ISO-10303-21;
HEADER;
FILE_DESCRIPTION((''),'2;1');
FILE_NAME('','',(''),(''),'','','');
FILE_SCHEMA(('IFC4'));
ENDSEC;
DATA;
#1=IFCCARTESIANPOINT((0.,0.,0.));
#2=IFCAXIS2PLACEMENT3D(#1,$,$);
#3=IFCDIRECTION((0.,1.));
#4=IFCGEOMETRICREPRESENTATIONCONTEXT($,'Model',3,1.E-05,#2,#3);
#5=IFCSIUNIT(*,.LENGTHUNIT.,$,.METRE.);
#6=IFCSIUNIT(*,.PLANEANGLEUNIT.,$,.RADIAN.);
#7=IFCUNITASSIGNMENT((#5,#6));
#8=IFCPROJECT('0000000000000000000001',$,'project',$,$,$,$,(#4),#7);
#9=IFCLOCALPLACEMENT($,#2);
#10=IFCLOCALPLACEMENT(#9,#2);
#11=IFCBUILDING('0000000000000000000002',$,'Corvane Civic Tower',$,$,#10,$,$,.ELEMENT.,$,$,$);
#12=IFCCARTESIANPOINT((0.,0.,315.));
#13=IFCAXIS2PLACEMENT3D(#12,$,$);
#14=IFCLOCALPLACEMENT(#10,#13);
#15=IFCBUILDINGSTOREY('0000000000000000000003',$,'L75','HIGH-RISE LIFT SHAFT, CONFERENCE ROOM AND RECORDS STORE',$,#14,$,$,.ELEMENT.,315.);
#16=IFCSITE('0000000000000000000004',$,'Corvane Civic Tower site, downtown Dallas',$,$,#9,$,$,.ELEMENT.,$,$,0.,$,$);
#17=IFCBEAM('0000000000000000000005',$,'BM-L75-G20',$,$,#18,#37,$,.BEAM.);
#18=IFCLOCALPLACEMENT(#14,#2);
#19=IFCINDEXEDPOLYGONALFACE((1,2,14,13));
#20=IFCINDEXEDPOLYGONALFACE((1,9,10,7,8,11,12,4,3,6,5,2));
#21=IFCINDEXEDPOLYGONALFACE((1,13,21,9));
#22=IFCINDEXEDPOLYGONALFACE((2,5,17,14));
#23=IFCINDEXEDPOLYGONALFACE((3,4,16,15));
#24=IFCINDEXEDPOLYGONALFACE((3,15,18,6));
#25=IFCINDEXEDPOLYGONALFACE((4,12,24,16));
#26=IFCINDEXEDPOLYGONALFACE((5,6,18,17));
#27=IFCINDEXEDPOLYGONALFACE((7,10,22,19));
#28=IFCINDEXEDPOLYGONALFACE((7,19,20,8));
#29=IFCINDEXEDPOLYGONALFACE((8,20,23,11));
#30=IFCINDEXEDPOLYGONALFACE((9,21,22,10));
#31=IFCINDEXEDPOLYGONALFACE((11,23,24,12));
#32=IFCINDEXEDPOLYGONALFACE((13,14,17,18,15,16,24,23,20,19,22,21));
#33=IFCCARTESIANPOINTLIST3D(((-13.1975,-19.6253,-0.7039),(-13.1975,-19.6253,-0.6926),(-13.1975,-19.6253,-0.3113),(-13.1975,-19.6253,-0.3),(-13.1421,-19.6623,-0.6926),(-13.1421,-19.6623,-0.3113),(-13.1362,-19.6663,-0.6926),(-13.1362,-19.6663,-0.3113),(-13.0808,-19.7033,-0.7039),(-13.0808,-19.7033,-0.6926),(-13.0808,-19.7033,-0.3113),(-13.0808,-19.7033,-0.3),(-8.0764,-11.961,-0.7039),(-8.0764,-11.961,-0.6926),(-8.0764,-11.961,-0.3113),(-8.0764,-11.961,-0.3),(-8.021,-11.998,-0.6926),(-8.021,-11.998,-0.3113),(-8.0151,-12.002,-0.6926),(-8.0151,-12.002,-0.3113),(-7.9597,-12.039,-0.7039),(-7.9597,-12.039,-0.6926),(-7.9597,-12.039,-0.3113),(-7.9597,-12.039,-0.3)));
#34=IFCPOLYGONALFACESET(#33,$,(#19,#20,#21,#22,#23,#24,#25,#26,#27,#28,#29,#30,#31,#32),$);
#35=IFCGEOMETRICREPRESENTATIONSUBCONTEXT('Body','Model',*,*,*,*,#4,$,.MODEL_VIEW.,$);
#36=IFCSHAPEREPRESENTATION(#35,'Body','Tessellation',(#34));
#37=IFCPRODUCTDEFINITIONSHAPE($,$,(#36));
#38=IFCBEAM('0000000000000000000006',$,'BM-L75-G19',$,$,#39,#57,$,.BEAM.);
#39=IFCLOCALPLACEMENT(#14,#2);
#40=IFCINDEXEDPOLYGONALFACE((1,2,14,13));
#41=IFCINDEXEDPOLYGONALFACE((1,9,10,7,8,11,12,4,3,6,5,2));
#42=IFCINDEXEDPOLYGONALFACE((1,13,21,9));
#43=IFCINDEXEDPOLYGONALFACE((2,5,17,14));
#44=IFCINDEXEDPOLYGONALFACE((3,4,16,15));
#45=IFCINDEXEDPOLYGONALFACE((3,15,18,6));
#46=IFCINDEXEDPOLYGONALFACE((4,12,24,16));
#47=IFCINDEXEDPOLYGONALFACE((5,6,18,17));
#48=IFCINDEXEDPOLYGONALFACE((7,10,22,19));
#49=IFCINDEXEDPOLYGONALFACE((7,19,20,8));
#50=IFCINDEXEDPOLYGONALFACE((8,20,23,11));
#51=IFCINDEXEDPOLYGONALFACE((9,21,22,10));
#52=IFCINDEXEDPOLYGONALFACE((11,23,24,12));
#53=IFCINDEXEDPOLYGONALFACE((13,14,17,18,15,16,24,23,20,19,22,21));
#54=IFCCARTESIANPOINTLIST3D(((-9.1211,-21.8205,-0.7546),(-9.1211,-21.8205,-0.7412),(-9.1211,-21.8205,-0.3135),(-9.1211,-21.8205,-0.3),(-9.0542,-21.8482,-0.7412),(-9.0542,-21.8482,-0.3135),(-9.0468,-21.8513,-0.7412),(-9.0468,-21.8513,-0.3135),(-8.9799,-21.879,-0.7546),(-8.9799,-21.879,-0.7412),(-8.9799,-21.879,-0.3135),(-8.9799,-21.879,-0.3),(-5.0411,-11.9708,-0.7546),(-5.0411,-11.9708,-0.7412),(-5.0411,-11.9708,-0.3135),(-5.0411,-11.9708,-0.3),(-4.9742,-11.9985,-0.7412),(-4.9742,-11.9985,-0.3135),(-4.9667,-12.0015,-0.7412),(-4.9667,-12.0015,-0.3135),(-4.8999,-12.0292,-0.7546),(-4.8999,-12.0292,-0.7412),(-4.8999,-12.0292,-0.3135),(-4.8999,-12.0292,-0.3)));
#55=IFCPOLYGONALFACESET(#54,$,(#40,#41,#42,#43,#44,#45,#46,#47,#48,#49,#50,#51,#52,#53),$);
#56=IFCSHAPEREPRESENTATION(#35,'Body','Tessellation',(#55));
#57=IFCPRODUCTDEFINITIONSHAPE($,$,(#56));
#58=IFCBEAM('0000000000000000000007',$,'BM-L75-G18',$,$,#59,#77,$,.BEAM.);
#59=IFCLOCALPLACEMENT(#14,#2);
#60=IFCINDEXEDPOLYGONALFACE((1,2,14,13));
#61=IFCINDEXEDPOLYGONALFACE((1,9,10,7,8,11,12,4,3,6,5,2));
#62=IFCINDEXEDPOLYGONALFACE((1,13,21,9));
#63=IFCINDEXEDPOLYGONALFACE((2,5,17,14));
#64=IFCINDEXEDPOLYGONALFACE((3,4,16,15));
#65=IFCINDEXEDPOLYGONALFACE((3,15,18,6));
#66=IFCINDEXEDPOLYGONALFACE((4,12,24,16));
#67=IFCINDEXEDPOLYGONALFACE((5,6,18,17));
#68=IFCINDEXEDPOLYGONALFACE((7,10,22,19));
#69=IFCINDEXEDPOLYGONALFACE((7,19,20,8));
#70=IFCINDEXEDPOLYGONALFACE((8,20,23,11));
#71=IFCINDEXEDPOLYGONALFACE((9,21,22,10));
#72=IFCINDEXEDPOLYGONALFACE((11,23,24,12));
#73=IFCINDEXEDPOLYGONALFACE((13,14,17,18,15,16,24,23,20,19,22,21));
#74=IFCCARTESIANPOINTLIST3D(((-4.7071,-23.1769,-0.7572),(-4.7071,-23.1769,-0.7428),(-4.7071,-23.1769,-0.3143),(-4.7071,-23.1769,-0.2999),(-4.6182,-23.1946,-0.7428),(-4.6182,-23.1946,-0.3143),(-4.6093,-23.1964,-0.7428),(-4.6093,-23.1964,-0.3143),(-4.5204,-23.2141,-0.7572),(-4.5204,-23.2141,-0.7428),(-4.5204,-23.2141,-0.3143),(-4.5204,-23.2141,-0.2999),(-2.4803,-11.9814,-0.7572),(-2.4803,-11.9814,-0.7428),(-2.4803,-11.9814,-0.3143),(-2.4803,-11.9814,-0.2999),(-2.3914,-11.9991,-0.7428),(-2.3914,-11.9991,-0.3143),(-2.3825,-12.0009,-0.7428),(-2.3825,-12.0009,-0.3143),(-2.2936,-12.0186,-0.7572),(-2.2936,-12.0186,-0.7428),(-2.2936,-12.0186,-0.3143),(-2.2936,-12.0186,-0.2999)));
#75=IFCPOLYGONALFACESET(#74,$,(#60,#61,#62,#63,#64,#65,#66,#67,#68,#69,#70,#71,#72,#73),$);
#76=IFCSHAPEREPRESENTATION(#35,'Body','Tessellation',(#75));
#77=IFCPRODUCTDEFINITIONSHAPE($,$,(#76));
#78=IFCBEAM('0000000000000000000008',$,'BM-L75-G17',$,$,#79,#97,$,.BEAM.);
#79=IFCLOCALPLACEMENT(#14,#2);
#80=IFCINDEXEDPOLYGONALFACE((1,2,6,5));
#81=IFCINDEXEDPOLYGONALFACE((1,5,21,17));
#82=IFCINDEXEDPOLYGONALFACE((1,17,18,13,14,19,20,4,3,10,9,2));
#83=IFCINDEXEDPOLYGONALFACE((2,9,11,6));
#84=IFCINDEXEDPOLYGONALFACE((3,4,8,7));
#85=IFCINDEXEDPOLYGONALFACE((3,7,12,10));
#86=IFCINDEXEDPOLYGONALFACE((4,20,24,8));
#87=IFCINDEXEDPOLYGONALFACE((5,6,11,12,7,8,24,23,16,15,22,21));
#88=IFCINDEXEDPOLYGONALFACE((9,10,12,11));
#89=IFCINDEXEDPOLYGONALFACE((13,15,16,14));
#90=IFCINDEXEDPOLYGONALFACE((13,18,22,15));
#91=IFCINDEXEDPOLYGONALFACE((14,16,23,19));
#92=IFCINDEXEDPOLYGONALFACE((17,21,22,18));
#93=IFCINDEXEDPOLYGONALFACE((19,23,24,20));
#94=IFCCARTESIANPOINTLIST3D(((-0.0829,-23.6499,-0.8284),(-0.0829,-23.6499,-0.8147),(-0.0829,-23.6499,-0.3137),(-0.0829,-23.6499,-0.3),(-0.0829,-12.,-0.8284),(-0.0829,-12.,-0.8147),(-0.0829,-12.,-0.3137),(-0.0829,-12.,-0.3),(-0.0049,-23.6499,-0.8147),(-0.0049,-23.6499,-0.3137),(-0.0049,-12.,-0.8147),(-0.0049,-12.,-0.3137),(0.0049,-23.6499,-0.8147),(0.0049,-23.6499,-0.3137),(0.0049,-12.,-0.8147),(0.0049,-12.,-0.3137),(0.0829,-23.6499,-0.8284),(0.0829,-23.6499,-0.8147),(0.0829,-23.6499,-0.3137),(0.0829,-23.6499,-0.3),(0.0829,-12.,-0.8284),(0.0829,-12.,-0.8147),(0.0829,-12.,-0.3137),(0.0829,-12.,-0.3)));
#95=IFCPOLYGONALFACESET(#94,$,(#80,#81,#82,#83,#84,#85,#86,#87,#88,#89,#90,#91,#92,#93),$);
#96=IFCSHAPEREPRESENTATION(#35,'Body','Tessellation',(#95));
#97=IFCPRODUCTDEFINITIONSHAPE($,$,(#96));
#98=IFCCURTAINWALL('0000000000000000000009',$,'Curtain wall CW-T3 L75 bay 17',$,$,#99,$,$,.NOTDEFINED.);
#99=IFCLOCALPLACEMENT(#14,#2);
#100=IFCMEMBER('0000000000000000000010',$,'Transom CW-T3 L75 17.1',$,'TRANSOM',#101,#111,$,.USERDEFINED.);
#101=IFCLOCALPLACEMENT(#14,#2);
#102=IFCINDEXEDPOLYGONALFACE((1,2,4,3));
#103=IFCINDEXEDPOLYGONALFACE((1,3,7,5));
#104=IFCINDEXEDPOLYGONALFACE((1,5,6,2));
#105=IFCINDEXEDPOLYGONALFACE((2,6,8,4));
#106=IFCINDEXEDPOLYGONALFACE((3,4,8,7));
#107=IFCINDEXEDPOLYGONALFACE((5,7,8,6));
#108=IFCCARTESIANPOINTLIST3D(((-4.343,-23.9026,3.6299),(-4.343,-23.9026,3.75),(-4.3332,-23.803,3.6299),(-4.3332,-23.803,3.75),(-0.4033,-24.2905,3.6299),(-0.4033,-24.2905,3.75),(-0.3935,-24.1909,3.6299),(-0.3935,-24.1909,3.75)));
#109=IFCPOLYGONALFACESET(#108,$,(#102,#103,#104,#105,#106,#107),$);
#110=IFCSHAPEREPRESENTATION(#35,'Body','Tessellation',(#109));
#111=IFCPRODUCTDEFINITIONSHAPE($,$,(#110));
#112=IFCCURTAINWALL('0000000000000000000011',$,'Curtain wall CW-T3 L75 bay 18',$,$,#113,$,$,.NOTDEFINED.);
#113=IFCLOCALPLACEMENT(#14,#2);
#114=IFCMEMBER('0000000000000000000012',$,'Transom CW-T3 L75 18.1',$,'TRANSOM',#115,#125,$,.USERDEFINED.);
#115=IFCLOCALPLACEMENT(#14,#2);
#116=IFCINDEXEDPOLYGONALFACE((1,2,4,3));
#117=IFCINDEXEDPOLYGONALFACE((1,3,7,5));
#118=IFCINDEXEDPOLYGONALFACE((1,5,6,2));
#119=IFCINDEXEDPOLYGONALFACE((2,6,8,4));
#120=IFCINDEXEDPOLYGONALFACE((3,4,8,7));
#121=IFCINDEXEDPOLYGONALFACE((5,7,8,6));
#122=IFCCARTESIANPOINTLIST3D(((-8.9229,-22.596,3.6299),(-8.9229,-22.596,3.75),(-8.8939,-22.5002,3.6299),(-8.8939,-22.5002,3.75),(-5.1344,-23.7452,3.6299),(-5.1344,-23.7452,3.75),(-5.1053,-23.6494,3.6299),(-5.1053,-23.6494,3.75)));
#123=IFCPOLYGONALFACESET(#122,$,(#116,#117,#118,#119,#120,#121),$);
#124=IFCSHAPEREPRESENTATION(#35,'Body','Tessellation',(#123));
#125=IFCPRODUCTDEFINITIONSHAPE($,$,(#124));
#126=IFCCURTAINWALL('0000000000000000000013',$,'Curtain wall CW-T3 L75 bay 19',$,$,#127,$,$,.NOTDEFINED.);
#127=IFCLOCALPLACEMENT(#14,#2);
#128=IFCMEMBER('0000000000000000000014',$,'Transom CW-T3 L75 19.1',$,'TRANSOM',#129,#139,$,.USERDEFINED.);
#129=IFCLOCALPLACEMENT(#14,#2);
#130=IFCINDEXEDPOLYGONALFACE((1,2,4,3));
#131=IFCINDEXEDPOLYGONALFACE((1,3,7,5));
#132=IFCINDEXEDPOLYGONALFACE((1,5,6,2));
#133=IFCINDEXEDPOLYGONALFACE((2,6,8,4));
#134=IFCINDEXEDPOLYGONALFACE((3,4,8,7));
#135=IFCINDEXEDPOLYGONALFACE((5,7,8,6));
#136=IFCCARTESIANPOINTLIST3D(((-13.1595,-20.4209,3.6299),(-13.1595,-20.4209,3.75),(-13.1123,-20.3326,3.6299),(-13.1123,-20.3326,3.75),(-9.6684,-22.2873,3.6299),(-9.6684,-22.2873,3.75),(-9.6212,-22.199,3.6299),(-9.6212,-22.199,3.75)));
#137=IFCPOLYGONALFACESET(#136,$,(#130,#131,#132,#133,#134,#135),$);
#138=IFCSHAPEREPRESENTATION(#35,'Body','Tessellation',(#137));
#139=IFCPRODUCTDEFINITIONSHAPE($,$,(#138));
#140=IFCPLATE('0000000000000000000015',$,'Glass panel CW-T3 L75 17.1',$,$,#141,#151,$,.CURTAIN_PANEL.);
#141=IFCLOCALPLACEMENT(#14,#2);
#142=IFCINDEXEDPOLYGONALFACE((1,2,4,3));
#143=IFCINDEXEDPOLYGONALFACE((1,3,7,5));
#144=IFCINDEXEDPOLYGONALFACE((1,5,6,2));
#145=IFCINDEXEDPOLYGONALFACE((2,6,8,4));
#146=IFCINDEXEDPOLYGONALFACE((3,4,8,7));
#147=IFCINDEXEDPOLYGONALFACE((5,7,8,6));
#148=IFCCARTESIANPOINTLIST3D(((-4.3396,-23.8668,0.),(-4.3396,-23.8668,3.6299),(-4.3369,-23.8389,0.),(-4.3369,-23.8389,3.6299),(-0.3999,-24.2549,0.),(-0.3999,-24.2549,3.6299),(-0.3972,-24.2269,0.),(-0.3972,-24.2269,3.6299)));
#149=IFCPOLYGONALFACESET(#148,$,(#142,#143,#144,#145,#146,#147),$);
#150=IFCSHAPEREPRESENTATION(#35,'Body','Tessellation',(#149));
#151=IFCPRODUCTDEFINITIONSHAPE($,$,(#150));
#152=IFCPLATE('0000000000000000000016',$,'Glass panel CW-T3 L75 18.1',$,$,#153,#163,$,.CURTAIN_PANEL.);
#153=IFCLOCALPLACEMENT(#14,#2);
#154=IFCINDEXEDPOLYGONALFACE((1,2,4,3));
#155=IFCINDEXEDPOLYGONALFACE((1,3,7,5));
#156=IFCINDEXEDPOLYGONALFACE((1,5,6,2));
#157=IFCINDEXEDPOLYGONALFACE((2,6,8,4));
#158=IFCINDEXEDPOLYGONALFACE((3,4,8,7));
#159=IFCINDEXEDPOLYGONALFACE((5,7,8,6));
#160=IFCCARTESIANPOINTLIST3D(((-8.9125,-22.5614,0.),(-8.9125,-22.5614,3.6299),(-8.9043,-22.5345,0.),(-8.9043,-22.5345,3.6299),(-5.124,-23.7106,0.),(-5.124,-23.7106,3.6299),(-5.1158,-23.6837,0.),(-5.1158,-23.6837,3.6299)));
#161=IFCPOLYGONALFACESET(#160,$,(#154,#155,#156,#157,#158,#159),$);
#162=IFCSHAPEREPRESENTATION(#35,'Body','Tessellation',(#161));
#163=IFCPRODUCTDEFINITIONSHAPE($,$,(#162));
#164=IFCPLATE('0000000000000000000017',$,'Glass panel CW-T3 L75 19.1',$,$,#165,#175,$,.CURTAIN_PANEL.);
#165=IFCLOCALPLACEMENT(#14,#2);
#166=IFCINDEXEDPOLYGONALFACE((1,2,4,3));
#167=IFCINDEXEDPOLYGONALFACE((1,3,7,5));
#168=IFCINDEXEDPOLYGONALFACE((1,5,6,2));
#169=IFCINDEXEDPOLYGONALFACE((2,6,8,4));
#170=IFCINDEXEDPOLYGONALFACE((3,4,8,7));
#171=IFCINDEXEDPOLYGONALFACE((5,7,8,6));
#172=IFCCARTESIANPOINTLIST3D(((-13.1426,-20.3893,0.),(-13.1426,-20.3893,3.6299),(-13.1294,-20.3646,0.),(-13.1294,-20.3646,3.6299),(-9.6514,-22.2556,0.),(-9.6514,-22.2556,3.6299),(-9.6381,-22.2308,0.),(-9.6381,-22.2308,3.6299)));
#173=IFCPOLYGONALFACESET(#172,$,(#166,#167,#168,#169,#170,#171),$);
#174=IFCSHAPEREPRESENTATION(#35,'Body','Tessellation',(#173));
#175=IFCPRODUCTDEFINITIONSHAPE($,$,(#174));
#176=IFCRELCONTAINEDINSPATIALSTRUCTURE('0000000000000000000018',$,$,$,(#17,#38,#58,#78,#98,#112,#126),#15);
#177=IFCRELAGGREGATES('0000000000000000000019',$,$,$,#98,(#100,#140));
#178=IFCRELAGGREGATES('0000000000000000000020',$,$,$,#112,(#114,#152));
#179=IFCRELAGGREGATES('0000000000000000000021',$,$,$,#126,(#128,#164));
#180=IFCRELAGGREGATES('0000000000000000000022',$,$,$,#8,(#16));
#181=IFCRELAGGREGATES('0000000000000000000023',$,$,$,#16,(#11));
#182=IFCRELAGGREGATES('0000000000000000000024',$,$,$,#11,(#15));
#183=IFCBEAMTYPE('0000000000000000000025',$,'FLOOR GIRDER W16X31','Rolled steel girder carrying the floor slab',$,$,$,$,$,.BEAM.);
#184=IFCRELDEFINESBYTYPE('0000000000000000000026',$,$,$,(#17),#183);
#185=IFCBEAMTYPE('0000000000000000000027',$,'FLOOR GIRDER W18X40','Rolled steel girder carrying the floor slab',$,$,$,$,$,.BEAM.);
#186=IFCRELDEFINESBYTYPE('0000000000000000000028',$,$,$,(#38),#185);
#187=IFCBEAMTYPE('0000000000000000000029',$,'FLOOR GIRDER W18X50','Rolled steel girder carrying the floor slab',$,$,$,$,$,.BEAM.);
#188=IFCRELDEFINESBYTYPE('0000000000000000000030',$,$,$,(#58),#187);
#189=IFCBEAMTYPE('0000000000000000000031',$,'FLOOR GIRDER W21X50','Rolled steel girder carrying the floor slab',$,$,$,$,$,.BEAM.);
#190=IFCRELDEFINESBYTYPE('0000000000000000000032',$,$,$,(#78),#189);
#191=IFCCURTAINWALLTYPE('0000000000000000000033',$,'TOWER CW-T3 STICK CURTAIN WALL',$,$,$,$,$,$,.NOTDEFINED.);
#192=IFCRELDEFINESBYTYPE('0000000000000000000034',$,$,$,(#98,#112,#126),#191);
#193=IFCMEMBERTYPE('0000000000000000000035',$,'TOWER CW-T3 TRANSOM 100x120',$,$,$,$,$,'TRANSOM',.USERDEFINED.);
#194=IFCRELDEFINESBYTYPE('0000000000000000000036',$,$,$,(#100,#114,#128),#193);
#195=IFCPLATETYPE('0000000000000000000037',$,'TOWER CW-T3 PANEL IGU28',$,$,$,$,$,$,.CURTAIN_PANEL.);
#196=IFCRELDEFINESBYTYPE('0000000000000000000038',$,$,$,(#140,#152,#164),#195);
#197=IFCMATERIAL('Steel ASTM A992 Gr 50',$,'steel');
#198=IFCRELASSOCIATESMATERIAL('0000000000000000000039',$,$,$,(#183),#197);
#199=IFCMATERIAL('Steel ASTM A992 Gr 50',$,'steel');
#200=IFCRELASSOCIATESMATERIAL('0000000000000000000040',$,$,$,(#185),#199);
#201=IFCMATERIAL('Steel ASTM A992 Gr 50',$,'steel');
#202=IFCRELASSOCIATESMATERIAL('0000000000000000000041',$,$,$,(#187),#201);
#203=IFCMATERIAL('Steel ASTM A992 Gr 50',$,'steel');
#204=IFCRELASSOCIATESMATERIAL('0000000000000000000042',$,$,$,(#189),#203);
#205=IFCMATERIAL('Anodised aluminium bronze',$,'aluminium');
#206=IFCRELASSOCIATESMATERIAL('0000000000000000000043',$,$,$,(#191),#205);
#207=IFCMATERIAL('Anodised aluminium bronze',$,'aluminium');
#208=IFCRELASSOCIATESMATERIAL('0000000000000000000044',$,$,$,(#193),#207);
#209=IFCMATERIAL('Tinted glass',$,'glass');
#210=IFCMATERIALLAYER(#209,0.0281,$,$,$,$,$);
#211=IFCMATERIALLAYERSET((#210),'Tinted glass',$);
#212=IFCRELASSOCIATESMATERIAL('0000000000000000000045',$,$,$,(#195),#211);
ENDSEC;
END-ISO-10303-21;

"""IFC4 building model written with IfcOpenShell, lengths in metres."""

from ifc_helpers import new_model, si_unit, direction, frame, origin, origin_2d, place, context, subcontext, project, spatial, rectangle, i_section, extrude, material, layer, layer_set, material_profile, profile_set, type_object, element, aggregate, save


model = new_model("IFC4")

# Units and contexts
model_context = context("Model", 3, precision=1e-05, world=origin(), true_north=direction((0.0, 1.0)))
body_context = subcontext(model_context, "Body", "Model", "MODEL_VIEW")
ifc_project = project(units=[si_unit("LENGTHUNIT", "METRE"), si_unit("PLANEANGLEUNIT", "RADIAN")], contexts=[model_context])

# Site, building, storey
site_placement = place(None, origin())
site = spatial("IfcSite", under=ifc_project, at=site_placement, Name="Corvane Civic Tower site, downtown Dallas", CompositionType="ELEMENT", RefElevation=0.0)
building_placement = place(site_placement, origin())
building = spatial("IfcBuilding", under=site, at=building_placement, Name="Corvane Civic Tower", CompositionType="ELEMENT")
storey_placement = place(building_placement, frame((0.0, 0.0, 315.0)))
storey = spatial("IfcBuildingStorey", under=building, at=storey_placement, Name="L75", Description="HIGH-RISE LIFT SHAFT, CONFERENCE ROOM AND RECORDS STORE", CompositionType="ELEMENT", Elevation=315.0)

# Beams
ifc_material_1 = material(Name="Steel ASTM A992 Gr 50", Category="steel")
ifc_material_profile_1 = material_profile(ifc_material_1, i_section(OverallWidth=0.1404, OverallDepth=0.4038, WebThickness=0.0071, FlangeThickness=0.0112, at=origin_2d()), Name="W16X31")
ifc_profile_set_1 = profile_set([ifc_material_profile_1], Name="Steel ASTM A992 Gr 50")
beam_type_1 = type_object("IfcBeamType", Name="FLOOR GIRDER W16X31", Description="Rolled steel girder carrying the floor slab", PredefinedType="BEAM", material=ifc_profile_set_1)
beam_1_placement = place(storey_placement, frame((-8.0181, -12.0, -0.502), z_axis=(-0.555568, -0.831471, 0.0), x_axis=(0.831471, -0.555568, 0.0)))
element("IfcBeam", 1, at=beam_1_placement, inside=storey, type_object=beam_type_1, Name="BM-L75-G20", PredefinedType="BEAM", context=body_context, shape_type="SweptSolid", body=[
    extrude(i_section(OverallWidth=0.1404, OverallDepth=0.4038, WebThickness=0.0071, FlangeThickness=0.0112, at=origin_2d()), origin(), (0.0, 0.0, 1.0), 9.2178),
])
ifc_material_2 = material(Name="Steel ASTM A992 Gr 50", Category="steel")
ifc_material_profile_2 = material_profile(ifc_material_2, i_section(OverallWidth=0.1528, OverallDepth=0.4546, WebThickness=0.0081, FlangeThickness=0.0134, at=origin_2d()), Name="W18X40")
ifc_profile_set_2 = profile_set([ifc_material_profile_2], Name="Steel ASTM A992 Gr 50")
beam_type_2 = type_object("IfcBeamType", Name="FLOOR GIRDER W18X40", Description="Rolled steel girder carrying the floor slab", PredefinedType="BEAM", material=ifc_profile_set_2)
beam_2_placement = place(storey_placement, frame((-4.9705, -12.0, -0.5273), z_axis=(-0.382694, -0.923875, 0.0), x_axis=(0.923875, -0.382694, 0.0)))
element("IfcBeam", 2, at=beam_2_placement, inside=storey, type_object=beam_type_2, Name="BM-L75-G19", PredefinedType="BEAM", context=body_context, shape_type="SweptSolid", body=[
    extrude(i_section(OverallWidth=0.1528, OverallDepth=0.4546, WebThickness=0.0081, FlangeThickness=0.0134, at=origin_2d()), origin(), (0.0, 0.0, 1.0), 10.6614),
])
ifc_material_3 = material(Name="Steel ASTM A992 Gr 50", Category="steel")
ifc_material_profile_3 = material_profile(ifc_material_3, i_section(OverallWidth=0.1904, OverallDepth=0.4573, WebThickness=0.009, FlangeThickness=0.0144, at=origin_2d()), Name="W18X50")
ifc_profile_set_3 = profile_set([ifc_material_profile_3], Name="Steel ASTM A992 Gr 50")
beam_type_3 = type_object("IfcBeamType", Name="FLOOR GIRDER W18X50", Description="Rolled steel girder carrying the floor slab", PredefinedType="BEAM", material=ifc_profile_set_3)
beam_3_placement = place(storey_placement, frame((-2.387, -12.0, -0.5286), z_axis=(-0.19508, -0.980787, 0.0), x_axis=(0.980787, -0.19508, 0.0)))
element("IfcBeam", 3, at=beam_3_placement, inside=storey, type_object=beam_type_3, Name="BM-L75-G18", PredefinedType="BEAM", context=body_context, shape_type="SweptSolid", body=[
    extrude(i_section(OverallWidth=0.1904, OverallDepth=0.4573, WebThickness=0.009, FlangeThickness=0.0144, at=origin_2d()), origin(), (0.0, 0.0, 1.0), 11.4148),
])
ifc_material_4 = material(Name="Steel ASTM A992 Gr 50", Category="steel")
ifc_material_profile_4 = material_profile(ifc_material_4, i_section(OverallWidth=0.1658, OverallDepth=0.5283, WebThickness=0.0098, FlangeThickness=0.0137, at=origin_2d()), Name="W21X50")
ifc_profile_set_4 = profile_set([ifc_material_profile_4], Name="Steel ASTM A992 Gr 50")
beam_type_4 = type_object("IfcBeamType", Name="FLOOR GIRDER W21X50", Description="Rolled steel girder carrying the floor slab", PredefinedType="BEAM", material=ifc_profile_set_4)
beam_4_placement = place(storey_placement, frame((0.0, -12.0, -0.5642), z_axis=(0.0, -1.0, 0.0), x_axis=(1.0, 0.0, 0.0)))
element("IfcBeam", 4, at=beam_4_placement, inside=storey, type_object=beam_type_4, Name="BM-L75-G17", PredefinedType="BEAM", context=body_context, shape_type="SweptSolid", body=[
    extrude(i_section(OverallWidth=0.1658, OverallDepth=0.5283, WebThickness=0.0098, FlangeThickness=0.0137, at=origin_2d()), origin(), (0.0, 0.0, 1.0), 11.6499),
])

# Curtain walls, members
ifc_material_5 = material(Name="Anodised aluminium bronze", Category="aluminium")
curtain_wall_type = type_object("IfcCurtainWallType", Name="TOWER CW-T3 STICK CURTAIN WALL", PredefinedType="NOTDEFINED", material=ifc_material_5)
curtain_wall_1_placement = place(storey_placement, origin())
curtain_wall_1 = element("IfcCurtainWall", 5, at=curtain_wall_1_placement, inside=storey, type_object=curtain_wall_type, Name="Curtain wall CW-T3 L75 bay 17", PredefinedType="NOTDEFINED")
ifc_material_6 = material(Name="Anodised aluminium bronze", Category="aluminium")
ifc_material_profile_5 = material_profile(ifc_material_6, rectangle(XDim=0.1001, YDim=0.1201, at=origin_2d()), Name="TOWER CW-T3 TRANSOM 100x120")
ifc_profile_set_5 = profile_set([ifc_material_profile_5], Name="Anodised aluminium bronze")
member_type = type_object("IfcMemberType", Name="TOWER CW-T3 TRANSOM 100x120", ElementType="TRANSOM", PredefinedType="USERDEFINED", material=ifc_profile_set_5)
member_1_placement = place(storey_placement, frame((-0.3984, -24.2407, 3.6899), z_axis=(-0.995187, 0.097995, 0.0), x_axis=(-0.097995, -0.995187, 0.0)))
member_1 = element("IfcMember", 6, at=member_1_placement, type_object=member_type, Name="Transom CW-T3 L75 17.1", ObjectType="TRANSOM", PredefinedType="USERDEFINED", context=body_context, shape_type="SweptSolid", body=[
    extrude(rectangle(XDim=0.1001, YDim=0.1201, at=origin_2d()), origin(), (0.0, 0.0, 1.0), 3.9587),
])
curtain_wall_2_placement = place(storey_placement, origin())
curtain_wall_2 = element("IfcCurtainWall", 7, at=curtain_wall_2_placement, inside=storey, type_object=curtain_wall_type, Name="Curtain wall CW-T3 L75 bay 18", PredefinedType="NOTDEFINED")
member_2_placement = place(storey_placement, frame((-5.1199, -23.6973, 3.6899), z_axis=(-0.956946, 0.290266, 0.0), x_axis=(-0.290266, -0.956946, 0.0)))
member_2 = element("IfcMember", 8, at=member_2_placement, type_object=member_type, Name="Transom CW-T3 L75 18.1", ObjectType="TRANSOM", PredefinedType="USERDEFINED", context=body_context, shape_type="SweptSolid", body=[
    extrude(rectangle(XDim=0.1001, YDim=0.1201, at=origin_2d()), origin(), (0.0, 0.0, 1.0), 3.959),
])
curtain_wall_3_placement = place(storey_placement, origin())
curtain_wall_3 = element("IfcCurtainWall", 9, at=curtain_wall_3_placement, inside=storey, type_object=curtain_wall_type, Name="Curtain wall CW-T3 L75 bay 19", PredefinedType="NOTDEFINED")
member_3_placement = place(storey_placement, frame((-9.6448, -22.2432, 3.6899), z_axis=(-0.881883, 0.471468, 0.0), x_axis=(-0.471468, -0.881883, 0.0)))
member_3 = element("IfcMember", 10, at=member_3_placement, type_object=member_type, Name="Transom CW-T3 L75 19.1", ObjectType="TRANSOM", PredefinedType="USERDEFINED", context=body_context, shape_type="SweptSolid", body=[
    extrude(rectangle(XDim=0.1001, YDim=0.1201, at=origin_2d()), origin(), (0.0, 0.0, 1.0), 3.9587),
])

# Plates
ifc_material_7 = material(Name="Tinted glass", Category="glass")
ifc_layer_1 = layer(ifc_material_7, 0.0281)
ifc_layer_set_1 = layer_set([ifc_layer_1], Name="Tinted glass")
plate_type = type_object("IfcPlateType", Name="TOWER CW-T3 PANEL IGU28", PredefinedType="CURTAIN_PANEL", material=ifc_layer_set_1)
plate_1_placement = place(storey_placement, frame((-2.3684, -24.0469, 0.0), z_axis=(0.0, 0.0, 1.0), x_axis=(-0.995184, 0.098021, 0.0)))
plate_1 = element("IfcPlate", 11, at=plate_1_placement, type_object=plate_type, Name="Glass panel CW-T3 L75 17.1", PredefinedType="CURTAIN_PANEL", context=body_context, shape_type="SweptSolid", body=[
    extrude(rectangle(XDim=3.9587, YDim=0.0281, at=origin_2d()), origin(), (0.0, 0.0, 1.0), 3.6299),
])
aggregate(curtain_wall_1, [member_1, plate_1])
plate_2_placement = place(storey_placement, frame((-7.0142, -23.1226, 0.0), z_axis=(0.0, 0.0, 1.0), x_axis=(-0.956944, 0.290274, 0.0)))
plate_2 = element("IfcPlate", 12, at=plate_2_placement, type_object=plate_type, Name="Glass panel CW-T3 L75 18.1", PredefinedType="CURTAIN_PANEL", context=body_context, shape_type="SweptSolid", body=[
    extrude(rectangle(XDim=3.959, YDim=0.0281, at=origin_2d()), origin(), (0.0, 0.0, 1.0), 3.6299),
])
aggregate(curtain_wall_2, [member_2, plate_2])
plate_3_placement = place(storey_placement, frame((-11.3904, -21.3101, 0.0), z_axis=(0.0, 0.0, 1.0), x_axis=(-0.881908, 0.471421, 0.0)))
plate_3 = element("IfcPlate", 13, at=plate_3_placement, type_object=plate_type, Name="Glass panel CW-T3 L75 19.1", PredefinedType="CURTAIN_PANEL", context=body_context, shape_type="SweptSolid", body=[
    extrude(rectangle(XDim=3.9587, YDim=0.0281, at=origin_2d()), origin(), (0.0, 0.0, 1.0), 3.6299),
])
aggregate(curtain_wall_3, [member_3, plate_3])

save(model, "model.ifc")
